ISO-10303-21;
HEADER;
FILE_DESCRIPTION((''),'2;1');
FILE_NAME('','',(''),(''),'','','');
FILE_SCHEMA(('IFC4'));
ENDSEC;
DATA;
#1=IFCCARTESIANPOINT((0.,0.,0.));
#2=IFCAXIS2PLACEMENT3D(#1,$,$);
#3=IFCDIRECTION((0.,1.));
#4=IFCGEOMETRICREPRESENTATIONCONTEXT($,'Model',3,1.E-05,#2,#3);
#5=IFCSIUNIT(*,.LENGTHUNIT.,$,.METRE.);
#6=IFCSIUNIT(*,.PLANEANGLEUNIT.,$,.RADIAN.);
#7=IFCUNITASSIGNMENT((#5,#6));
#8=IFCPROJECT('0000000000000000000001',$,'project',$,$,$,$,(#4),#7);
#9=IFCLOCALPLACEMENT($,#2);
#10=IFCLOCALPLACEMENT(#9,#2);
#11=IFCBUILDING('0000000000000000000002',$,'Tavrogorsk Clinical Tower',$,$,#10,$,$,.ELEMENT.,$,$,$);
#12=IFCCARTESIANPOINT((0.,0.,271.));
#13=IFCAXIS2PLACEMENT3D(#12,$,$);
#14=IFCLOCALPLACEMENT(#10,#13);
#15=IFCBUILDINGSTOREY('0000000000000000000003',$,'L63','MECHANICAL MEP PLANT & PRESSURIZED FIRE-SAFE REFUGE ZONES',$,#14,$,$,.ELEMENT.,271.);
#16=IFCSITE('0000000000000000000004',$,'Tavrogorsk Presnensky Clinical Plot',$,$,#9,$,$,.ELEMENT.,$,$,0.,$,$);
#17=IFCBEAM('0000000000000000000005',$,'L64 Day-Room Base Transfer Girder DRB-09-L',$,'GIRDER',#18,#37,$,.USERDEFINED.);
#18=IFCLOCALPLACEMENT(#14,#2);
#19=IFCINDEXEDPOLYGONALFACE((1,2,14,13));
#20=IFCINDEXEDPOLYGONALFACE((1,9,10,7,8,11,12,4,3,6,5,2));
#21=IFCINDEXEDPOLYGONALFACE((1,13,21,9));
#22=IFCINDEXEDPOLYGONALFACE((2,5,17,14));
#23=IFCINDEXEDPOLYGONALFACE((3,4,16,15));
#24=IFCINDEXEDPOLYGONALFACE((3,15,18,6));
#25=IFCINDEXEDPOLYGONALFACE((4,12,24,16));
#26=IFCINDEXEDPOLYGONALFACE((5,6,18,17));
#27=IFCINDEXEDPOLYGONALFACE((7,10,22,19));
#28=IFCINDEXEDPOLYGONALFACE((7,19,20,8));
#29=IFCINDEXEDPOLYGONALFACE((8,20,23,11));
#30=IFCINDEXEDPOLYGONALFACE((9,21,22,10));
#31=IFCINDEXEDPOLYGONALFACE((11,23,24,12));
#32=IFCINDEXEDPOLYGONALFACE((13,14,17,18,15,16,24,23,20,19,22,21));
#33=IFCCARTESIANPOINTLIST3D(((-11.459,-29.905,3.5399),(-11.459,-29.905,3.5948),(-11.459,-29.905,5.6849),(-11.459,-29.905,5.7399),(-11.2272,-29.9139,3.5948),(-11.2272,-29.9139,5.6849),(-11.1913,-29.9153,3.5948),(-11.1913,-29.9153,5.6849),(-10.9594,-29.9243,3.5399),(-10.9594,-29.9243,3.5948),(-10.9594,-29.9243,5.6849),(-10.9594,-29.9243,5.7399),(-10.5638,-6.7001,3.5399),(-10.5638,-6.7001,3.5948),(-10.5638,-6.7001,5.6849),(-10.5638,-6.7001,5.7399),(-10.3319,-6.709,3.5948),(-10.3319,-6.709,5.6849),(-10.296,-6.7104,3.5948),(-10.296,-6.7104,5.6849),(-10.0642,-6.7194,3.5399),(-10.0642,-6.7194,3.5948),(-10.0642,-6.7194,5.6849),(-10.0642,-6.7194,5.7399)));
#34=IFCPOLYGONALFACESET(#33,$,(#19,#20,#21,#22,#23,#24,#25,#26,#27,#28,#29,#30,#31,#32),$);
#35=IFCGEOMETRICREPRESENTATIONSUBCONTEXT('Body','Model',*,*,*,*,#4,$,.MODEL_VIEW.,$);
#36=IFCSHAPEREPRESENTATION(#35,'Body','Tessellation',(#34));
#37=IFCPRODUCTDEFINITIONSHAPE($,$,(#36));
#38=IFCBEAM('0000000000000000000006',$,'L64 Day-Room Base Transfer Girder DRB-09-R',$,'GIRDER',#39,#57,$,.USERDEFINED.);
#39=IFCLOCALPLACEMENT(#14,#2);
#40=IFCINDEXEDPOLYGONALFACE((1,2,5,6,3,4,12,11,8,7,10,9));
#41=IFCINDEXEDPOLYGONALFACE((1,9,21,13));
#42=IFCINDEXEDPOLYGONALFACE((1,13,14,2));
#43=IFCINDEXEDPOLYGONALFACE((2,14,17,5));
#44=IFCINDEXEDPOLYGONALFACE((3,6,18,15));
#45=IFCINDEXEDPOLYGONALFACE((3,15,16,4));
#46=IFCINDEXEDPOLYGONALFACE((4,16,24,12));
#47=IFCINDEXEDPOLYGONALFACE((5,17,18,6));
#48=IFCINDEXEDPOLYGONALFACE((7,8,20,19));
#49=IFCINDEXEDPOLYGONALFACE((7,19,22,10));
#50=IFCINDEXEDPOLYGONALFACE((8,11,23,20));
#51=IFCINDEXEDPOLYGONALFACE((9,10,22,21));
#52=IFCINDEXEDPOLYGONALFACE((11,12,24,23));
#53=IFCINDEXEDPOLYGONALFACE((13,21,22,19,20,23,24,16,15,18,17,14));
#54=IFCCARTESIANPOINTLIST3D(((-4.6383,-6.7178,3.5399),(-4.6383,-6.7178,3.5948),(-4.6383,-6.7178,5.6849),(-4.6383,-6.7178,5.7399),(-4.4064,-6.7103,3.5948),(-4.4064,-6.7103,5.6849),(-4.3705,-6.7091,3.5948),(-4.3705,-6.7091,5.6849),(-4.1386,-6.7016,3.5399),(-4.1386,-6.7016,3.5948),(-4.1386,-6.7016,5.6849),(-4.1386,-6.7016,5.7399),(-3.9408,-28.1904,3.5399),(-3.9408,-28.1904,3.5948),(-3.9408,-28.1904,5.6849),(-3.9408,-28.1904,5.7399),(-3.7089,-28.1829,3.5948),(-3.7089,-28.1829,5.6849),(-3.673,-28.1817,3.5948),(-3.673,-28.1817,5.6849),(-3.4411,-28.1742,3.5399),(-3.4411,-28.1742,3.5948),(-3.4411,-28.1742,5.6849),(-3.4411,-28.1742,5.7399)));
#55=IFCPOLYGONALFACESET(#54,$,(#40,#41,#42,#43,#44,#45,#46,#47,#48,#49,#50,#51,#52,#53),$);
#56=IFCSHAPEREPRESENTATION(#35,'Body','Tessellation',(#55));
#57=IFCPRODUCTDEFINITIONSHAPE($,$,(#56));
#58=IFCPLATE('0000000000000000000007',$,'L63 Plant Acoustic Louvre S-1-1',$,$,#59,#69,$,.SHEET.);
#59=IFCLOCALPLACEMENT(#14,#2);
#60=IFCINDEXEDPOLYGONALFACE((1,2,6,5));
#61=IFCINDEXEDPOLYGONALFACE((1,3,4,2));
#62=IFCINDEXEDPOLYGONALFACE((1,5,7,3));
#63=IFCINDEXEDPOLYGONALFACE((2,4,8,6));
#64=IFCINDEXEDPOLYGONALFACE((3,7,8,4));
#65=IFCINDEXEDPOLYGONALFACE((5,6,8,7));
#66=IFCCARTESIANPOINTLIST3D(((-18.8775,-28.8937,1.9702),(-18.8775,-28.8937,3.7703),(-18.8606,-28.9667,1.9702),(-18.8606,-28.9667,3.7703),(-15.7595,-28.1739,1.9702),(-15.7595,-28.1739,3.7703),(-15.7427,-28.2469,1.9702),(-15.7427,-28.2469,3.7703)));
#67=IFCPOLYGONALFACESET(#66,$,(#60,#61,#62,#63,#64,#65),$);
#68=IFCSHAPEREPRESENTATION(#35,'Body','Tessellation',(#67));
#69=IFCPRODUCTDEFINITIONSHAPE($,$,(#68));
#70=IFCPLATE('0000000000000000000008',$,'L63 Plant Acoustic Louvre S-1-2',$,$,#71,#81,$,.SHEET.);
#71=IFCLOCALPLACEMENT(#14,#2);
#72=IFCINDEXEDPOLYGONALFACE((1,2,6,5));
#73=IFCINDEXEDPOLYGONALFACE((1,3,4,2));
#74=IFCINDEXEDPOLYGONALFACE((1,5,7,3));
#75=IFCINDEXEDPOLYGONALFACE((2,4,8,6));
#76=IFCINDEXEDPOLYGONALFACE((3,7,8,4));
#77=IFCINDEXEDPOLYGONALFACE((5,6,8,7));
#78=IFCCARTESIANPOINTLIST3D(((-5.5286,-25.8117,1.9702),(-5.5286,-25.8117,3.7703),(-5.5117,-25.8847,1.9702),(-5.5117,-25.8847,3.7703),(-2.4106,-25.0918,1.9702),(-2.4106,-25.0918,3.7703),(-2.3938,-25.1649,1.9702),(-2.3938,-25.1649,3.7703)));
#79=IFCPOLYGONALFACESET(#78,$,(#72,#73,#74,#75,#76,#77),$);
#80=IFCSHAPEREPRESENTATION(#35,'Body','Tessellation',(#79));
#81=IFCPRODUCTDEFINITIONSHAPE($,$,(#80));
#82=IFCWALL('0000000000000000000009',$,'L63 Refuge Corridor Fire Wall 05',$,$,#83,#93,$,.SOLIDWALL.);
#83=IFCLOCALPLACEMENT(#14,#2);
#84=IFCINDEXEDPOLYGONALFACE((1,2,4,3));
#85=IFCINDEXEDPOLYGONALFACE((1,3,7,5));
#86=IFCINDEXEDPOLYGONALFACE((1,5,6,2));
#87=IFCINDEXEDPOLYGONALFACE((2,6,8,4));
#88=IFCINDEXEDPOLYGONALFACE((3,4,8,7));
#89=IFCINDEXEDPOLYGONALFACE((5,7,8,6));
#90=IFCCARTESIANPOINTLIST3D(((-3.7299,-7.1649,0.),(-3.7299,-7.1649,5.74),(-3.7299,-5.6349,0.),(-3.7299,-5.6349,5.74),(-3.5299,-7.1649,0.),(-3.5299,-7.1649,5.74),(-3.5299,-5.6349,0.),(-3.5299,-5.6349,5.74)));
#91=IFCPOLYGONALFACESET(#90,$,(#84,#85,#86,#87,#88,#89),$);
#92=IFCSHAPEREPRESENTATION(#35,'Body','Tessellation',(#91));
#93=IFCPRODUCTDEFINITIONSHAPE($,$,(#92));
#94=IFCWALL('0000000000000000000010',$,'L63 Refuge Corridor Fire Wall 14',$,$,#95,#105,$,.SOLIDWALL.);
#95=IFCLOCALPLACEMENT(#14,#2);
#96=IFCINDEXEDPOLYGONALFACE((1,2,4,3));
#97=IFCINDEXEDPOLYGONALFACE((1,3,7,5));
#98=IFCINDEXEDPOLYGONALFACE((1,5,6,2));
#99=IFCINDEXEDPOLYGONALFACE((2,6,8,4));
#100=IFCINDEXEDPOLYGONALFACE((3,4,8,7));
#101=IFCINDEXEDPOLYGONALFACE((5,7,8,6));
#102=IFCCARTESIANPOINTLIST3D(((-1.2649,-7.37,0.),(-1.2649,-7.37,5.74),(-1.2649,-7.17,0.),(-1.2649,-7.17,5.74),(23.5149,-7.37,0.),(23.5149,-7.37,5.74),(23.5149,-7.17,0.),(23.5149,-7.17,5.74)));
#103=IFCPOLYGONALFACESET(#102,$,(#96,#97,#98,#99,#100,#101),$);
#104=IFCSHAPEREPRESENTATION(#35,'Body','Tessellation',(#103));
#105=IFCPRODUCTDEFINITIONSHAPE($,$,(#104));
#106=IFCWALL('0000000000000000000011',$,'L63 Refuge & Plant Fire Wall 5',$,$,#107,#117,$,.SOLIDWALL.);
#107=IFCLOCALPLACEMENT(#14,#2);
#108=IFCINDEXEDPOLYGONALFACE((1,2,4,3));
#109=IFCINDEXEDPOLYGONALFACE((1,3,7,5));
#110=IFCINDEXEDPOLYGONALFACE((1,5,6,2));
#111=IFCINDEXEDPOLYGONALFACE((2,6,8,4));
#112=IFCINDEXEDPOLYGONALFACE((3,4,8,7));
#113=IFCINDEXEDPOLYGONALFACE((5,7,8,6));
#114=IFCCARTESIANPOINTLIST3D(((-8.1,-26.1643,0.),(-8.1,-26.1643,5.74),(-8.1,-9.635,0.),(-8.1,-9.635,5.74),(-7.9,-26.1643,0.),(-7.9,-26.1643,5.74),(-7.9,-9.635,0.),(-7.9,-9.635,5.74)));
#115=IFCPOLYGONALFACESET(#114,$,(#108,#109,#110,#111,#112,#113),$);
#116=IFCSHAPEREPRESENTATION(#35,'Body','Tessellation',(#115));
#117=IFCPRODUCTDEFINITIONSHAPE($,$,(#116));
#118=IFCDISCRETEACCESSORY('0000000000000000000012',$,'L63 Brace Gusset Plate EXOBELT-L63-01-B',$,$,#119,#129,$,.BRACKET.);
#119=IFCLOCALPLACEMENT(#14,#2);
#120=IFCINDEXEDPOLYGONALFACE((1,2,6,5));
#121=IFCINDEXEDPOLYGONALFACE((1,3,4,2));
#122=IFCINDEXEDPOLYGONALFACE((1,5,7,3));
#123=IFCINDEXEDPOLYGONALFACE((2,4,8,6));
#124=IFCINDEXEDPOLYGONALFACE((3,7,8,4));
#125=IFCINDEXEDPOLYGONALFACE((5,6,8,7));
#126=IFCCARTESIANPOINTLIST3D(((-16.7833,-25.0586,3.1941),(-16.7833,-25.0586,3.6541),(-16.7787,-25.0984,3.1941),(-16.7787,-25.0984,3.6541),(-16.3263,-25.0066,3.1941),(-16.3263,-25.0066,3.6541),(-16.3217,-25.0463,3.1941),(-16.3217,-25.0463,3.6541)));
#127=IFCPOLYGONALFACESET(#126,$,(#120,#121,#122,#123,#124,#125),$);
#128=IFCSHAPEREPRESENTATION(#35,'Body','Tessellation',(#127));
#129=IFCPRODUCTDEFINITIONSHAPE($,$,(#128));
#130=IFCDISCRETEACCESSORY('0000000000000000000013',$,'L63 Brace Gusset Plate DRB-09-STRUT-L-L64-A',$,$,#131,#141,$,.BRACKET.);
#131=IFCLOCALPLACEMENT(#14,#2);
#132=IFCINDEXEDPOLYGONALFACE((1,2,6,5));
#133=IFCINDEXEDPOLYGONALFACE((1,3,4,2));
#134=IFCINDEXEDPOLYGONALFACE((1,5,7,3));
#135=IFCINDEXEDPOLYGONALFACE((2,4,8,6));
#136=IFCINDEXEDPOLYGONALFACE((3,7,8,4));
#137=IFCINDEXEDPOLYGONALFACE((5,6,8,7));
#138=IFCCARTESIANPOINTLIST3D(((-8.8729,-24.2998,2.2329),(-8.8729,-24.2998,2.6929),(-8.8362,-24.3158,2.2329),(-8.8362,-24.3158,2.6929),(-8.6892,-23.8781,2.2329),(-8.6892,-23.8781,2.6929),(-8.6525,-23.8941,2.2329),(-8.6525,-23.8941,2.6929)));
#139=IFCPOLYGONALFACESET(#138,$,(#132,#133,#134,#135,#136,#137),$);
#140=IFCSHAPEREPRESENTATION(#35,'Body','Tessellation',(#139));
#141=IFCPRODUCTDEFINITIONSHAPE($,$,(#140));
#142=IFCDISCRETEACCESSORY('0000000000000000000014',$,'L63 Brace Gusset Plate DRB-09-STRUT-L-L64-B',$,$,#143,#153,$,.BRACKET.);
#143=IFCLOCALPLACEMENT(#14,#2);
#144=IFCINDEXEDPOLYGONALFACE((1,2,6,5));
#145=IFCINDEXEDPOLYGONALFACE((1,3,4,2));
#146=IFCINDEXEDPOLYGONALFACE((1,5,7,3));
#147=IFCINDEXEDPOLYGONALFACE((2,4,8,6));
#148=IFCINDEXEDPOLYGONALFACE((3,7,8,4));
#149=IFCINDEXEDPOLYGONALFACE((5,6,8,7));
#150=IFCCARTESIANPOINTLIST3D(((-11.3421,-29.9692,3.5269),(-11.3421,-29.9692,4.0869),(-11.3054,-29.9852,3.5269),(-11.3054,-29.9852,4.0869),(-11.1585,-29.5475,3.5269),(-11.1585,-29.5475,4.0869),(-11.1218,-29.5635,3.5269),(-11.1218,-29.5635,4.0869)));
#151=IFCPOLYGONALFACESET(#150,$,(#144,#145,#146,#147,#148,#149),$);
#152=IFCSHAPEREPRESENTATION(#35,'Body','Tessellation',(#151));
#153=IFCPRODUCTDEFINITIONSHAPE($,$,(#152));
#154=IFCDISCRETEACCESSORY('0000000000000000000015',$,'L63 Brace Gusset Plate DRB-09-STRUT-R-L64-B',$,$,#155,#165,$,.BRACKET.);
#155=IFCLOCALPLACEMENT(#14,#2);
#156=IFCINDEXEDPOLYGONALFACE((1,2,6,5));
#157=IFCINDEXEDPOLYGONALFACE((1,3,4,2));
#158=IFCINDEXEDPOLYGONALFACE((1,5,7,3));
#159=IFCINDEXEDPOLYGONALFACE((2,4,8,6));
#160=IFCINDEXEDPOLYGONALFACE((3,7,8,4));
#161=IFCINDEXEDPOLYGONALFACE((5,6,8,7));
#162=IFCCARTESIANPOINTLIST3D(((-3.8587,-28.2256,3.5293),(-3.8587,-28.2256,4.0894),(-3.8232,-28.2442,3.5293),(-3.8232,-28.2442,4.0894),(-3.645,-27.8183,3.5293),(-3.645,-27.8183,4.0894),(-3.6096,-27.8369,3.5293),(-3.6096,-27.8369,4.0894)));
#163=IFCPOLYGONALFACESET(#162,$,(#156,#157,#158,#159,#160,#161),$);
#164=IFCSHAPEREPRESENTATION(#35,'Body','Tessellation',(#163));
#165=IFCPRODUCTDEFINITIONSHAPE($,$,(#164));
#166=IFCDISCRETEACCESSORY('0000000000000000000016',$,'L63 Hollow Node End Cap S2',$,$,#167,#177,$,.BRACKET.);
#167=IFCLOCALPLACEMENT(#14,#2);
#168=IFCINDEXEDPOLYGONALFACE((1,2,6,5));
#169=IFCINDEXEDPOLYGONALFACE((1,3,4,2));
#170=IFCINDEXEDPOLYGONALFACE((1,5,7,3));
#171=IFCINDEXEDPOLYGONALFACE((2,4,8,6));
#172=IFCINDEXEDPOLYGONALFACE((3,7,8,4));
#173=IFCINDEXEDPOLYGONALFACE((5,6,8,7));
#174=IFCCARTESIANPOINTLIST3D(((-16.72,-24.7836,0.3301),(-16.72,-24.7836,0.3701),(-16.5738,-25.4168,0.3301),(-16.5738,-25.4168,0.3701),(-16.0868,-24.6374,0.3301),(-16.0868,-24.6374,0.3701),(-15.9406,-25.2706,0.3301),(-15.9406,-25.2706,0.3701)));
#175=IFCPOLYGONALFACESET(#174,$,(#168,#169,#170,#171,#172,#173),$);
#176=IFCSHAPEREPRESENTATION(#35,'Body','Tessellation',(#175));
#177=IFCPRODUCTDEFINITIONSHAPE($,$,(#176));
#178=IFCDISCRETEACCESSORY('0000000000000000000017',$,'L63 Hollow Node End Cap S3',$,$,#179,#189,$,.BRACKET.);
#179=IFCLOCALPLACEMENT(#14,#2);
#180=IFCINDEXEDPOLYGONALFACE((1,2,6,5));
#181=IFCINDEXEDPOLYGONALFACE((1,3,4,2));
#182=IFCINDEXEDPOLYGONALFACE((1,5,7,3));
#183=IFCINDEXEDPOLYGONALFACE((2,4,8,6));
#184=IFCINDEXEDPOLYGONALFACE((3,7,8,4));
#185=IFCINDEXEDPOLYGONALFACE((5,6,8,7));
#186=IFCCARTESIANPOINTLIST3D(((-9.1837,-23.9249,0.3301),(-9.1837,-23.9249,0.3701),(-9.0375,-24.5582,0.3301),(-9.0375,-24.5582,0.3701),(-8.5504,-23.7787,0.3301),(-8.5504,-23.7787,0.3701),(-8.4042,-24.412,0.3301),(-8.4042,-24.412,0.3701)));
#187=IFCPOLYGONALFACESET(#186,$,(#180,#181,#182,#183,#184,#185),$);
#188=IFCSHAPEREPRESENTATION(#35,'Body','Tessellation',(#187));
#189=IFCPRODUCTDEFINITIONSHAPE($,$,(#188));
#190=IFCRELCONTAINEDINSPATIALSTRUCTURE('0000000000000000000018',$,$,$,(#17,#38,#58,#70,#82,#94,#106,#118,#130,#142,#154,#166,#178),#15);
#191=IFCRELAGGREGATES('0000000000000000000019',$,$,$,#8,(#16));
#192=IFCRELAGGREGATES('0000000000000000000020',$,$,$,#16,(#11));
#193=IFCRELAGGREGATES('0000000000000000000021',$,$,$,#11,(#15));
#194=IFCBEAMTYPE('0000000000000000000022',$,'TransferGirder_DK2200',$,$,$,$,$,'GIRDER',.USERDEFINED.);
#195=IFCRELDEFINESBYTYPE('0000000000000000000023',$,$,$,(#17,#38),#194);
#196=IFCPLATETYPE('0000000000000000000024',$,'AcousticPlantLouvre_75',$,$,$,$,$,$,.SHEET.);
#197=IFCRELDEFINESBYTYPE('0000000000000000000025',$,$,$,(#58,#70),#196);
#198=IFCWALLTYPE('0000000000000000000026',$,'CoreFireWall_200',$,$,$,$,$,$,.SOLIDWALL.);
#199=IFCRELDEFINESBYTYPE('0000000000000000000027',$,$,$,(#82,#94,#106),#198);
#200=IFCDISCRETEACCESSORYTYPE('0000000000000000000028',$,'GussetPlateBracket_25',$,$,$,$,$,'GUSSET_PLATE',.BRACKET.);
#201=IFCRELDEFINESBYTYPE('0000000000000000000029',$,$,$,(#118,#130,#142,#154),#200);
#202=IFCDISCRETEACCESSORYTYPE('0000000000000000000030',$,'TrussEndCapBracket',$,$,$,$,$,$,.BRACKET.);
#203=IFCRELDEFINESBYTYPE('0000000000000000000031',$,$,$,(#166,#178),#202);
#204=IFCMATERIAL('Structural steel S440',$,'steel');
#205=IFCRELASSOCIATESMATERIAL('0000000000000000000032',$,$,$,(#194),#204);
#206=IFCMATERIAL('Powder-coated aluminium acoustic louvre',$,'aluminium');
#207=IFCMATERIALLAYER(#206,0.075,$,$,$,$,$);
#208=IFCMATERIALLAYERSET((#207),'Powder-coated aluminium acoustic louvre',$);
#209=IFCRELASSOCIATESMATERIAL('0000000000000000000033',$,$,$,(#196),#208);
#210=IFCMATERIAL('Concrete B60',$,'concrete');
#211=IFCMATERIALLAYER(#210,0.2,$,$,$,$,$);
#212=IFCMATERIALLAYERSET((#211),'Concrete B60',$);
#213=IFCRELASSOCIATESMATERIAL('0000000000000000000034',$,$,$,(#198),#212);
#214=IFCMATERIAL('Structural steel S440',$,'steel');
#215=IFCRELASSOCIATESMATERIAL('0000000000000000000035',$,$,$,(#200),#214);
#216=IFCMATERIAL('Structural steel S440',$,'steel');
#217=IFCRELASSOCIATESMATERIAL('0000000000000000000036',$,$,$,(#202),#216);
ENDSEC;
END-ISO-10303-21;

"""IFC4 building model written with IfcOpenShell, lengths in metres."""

from ifc_helpers import new_model, si_unit, direction, frame, frame_2d, origin, origin_2d, place, context, subcontext, project, spatial, rectangle, i_section, extrude, material, layer, layer_set, material_profile, profile_set, type_object, element, save


model = new_model("IFC4")

# Units and contexts
model_context = context("Model", 3, precision=1e-05, world=origin(), true_north=direction((0.0, 1.0)))
body_context = subcontext(model_context, "Body", "Model", "MODEL_VIEW")
ifc_project = project(units=[si_unit("LENGTHUNIT", "METRE"), si_unit("PLANEANGLEUNIT", "RADIAN")], contexts=[model_context])

# Site, building, storey
site_placement = place(None, origin())
site = spatial("IfcSite", under=ifc_project, at=site_placement, Name="Tavrogorsk Presnensky Clinical Plot", CompositionType="ELEMENT", RefElevation=0.0)
building_placement = place(site_placement, origin())
building = spatial("IfcBuilding", under=site, at=building_placement, Name="Tavrogorsk Clinical Tower", CompositionType="ELEMENT")
storey_placement = place(building_placement, frame((0.0, 0.0, 271.0)))
storey = spatial("IfcBuildingStorey", under=building, at=storey_placement, Name="L63", Description="MECHANICAL MEP PLANT & PRESSURIZED FIRE-SAFE REFUGE ZONES", CompositionType="ELEMENT", Elevation=271.0)

# Beams
ifc_material_1 = material(Name="Structural steel S440", Category="steel")
ifc_material_profile_1 = material_profile(ifc_material_1, i_section(OverallWidth=0.5, OverallDepth=2.2, WebThickness=0.0359, FlangeThickness=0.0549, at=origin_2d()), Name="DK-2200x500x36x55")
ifc_profile_set_1 = profile_set([ifc_material_profile_1], Name="Structural steel S440")
beam_type_1 = type_object("IfcBeamType", Name="TransferGirder_DK2200", ElementType="GIRDER", PredefinedType="USERDEFINED", material=ifc_profile_set_1)
beam_1_placement = place(storey_placement, frame((-10.314, -6.7097, 4.6399), z_axis=(-0.038552, -0.999257, 0.0), x_axis=(0.999257, -0.038552, 0.0)))
element("IfcBeam", 1, at=beam_1_placement, inside=storey, type_object=beam_type_1, Name="L64 Day-Room Base Transfer Girder DRB-09-L", ObjectType="GIRDER", PredefinedType="USERDEFINED", context=body_context, shape_type="SweptSolid", body=[
    extrude(i_section(OverallWidth=0.5, OverallDepth=2.2, WebThickness=0.0359, FlangeThickness=0.0549, at=origin_2d()), origin(), (0.0, 0.0, 1.0), 23.2222),
])
beam_2_placement = place(storey_placement, frame((-4.3884, -6.7097, 4.6399), z_axis=(0.032467, -0.999473, 0.0), x_axis=(0.999473, 0.032467, 0.0)))
element("IfcBeam", 2, at=beam_2_placement, inside=storey, type_object=beam_type_1, Name="L64 Day-Room Base Transfer Girder DRB-09-R", ObjectType="GIRDER", PredefinedType="USERDEFINED", context=body_context, shape_type="SweptSolid", body=[
    extrude(i_section(OverallWidth=0.5, OverallDepth=2.2, WebThickness=0.0359, FlangeThickness=0.0549, at=origin_2d()), origin(), (0.0, 0.0, 1.0), 21.4839),
])

# Plates
ifc_material_2 = material(Name="Powder-coated aluminium acoustic louvre", Category="aluminium")
ifc_layer_1 = layer(ifc_material_2, 0.075)
ifc_layer_set_1 = layer_set([ifc_layer_1], Name="Powder-coated aluminium acoustic louvre")
plate_type = type_object("IfcPlateType", Name="AcousticPlantLouvre_75", PredefinedType="SHEET", material=ifc_layer_set_1)
for number, where, z_axis, x_axis, name in (
    (3, (-17.3101, -28.5703, 1.9702), (0.0, 0.0, 1.0), (0.97437, 0.224953, 0.0), "L63 Plant Acoustic Louvre S-1-1"),
    (4, (-3.9612, -25.4883, 1.9702), (0.0, 0.0, 1.0), (0.97437, 0.224953, 0.0), "L63 Plant Acoustic Louvre S-1-2"),
):
    element("IfcPlate", number, at=place(storey_placement, frame(where, z_axis=z_axis, x_axis=x_axis)), inside=storey, type_object=plate_type, Name=name, PredefinedType="SHEET", context=body_context, shape_type="SweptSolid", body=[
        extrude(rectangle(XDim=3.2, YDim=0.075, at=origin_2d()), origin(), (0.0, 0.0, 1.0), 1.8),
    ])

# Walls
ifc_material_3 = material(Name="Concrete B60", Category="concrete")
ifc_layer_2 = layer(ifc_material_3, 0.2)
ifc_layer_set_2 = layer_set([ifc_layer_2], Name="Concrete B60")
wall_type = type_object("IfcWallType", Name="CoreFireWall_200", PredefinedType="SOLIDWALL", material=ifc_layer_set_2)
wall_1_placement = place(storey_placement, frame((-3.6299, -7.165, 0.0), z_axis=(0.0, 0.0, 1.0), x_axis=(0.0, 1.0, 0.0)))
element("IfcWall", 5, at=wall_1_placement, inside=storey, type_object=wall_type, Name="L63 Refuge Corridor Fire Wall 05", PredefinedType="SOLIDWALL", context=body_context, shape_type="SweptSolid", body=[
    extrude(rectangle(XDim=1.53, YDim=0.2, at=frame_2d((0.7651, 0.0))), origin(), (0.0, 0.0, 1.0), 5.74),
])
wall_2_placement = place(storey_placement, frame((-1.2649, -7.27, 0.0), z_axis=(0.0, 0.0, 1.0), x_axis=(1.0, 0.0, 0.0)))
element("IfcWall", 6, at=wall_2_placement, inside=storey, type_object=wall_type, Name="L63 Refuge Corridor Fire Wall 14", PredefinedType="SOLIDWALL", context=body_context, shape_type="SweptSolid", body=[
    extrude(rectangle(XDim=24.7798, YDim=0.2, at=frame_2d((12.3899, 0.0))), origin(), (0.0, 0.0, 1.0), 5.74),
])
wall_3_placement = place(storey_placement, frame((-8.0, -26.1643, 0.0), z_axis=(0.0, 0.0, 1.0), x_axis=(0.0, 1.0, 0.0)))
element("IfcWall", 7, at=wall_3_placement, inside=storey, type_object=wall_type, Name="L63 Refuge & Plant Fire Wall 5", PredefinedType="SOLIDWALL", context=body_context, shape_type="SweptSolid", body=[
    extrude(rectangle(XDim=16.5293, YDim=0.2, at=frame_2d((8.2646, 0.0))), origin(), (0.0, 0.0, 1.0), 5.74),
])

# Discrete accessories
ifc_material_4 = material(Name="Structural steel S440", Category="steel")
discrete_accessory_type_1 = type_object("IfcDiscreteAccessoryType", Name="GussetPlateBracket_25", ElementType="GUSSET_PLATE", PredefinedType="BRACKET", material=ifc_material_4)
for number, where, z_axis, x_axis, name in (
    (8, (-16.5525, -25.0525, 3.1941), (0.0, 0.0, 1.0), (0.993572, 0.113203, 0.0), "L63 Brace Gusset Plate EXOBELT-L63-01-B"),
    (9, (-8.7627, -24.0969, 2.2329), (0.0, 0.0, 1.0), (-0.399229, -0.916851, 0.0), "L63 Brace Gusset Plate DRB-09-STRUT-L-L64-A"),
):
    element("IfcDiscreteAccessory", number, at=place(storey_placement, frame(where, z_axis=z_axis, x_axis=x_axis)), inside=storey, type_object=discrete_accessory_type_1, Name=name, PredefinedType="BRACKET", context=body_context, shape_type="SweptSolid", body=[
        extrude(rectangle(XDim=0.46, YDim=0.04, at=origin_2d()), origin(), (0.0, 0.0, 1.0), 0.46),
    ])
for number, where, z_axis, x_axis, name in (
    (10, (-11.2319, -29.7664, 3.5269), (0.0, 0.0, 1.0), (-0.399229, -0.916851, 0.0), "L63 Brace Gusset Plate DRB-09-STRUT-L-L64-B"),
    (11, (-3.7341, -28.0312, 3.5293), (0.0, 0.0, 1.0), (-0.464533, -0.885556, 0.0), "L63 Brace Gusset Plate DRB-09-STRUT-R-L64-B"),
):
    element("IfcDiscreteAccessory", number, at=place(storey_placement, frame(where, z_axis=z_axis, x_axis=x_axis)), inside=storey, type_object=discrete_accessory_type_1, Name=name, PredefinedType="BRACKET", context=body_context, shape_type="SweptSolid", body=[
        extrude(rectangle(XDim=0.46, YDim=0.04, at=origin_2d()), origin(), (0.0, 0.0, 1.0), 0.5601),
    ])
ifc_material_5 = material(Name="Structural steel S440", Category="steel")
discrete_accessory_type_2 = type_object("IfcDiscreteAccessoryType", Name="TrussEndCapBracket", PredefinedType="BRACKET", material=ifc_material_5)
for number, where, z_axis, x_axis, name in (
    (12, (-16.3303, -25.0271, 0.3301), (0.0, 0.0, 1.0), (0.97437, 0.224951, 0.0), "L63 Hollow Node End Cap S2"),
    (13, (-8.7939, -24.1685, 0.3301), (0.0, 0.0, 1.0), (0.97437, 0.224951, 0.0), "L63 Hollow Node End Cap S3"),
):
    element("IfcDiscreteAccessory", number, at=place(storey_placement, frame(where, z_axis=z_axis, x_axis=x_axis)), inside=storey, type_object=discrete_accessory_type_2, Name=name, PredefinedType="BRACKET", context=body_context, shape_type="SweptSolid", body=[
        extrude(rectangle(XDim=0.6499, YDim=0.6499, at=origin_2d()), origin(), (0.0, 0.0, 1.0), 0.04),
    ])

save(model, "model.ifc")
